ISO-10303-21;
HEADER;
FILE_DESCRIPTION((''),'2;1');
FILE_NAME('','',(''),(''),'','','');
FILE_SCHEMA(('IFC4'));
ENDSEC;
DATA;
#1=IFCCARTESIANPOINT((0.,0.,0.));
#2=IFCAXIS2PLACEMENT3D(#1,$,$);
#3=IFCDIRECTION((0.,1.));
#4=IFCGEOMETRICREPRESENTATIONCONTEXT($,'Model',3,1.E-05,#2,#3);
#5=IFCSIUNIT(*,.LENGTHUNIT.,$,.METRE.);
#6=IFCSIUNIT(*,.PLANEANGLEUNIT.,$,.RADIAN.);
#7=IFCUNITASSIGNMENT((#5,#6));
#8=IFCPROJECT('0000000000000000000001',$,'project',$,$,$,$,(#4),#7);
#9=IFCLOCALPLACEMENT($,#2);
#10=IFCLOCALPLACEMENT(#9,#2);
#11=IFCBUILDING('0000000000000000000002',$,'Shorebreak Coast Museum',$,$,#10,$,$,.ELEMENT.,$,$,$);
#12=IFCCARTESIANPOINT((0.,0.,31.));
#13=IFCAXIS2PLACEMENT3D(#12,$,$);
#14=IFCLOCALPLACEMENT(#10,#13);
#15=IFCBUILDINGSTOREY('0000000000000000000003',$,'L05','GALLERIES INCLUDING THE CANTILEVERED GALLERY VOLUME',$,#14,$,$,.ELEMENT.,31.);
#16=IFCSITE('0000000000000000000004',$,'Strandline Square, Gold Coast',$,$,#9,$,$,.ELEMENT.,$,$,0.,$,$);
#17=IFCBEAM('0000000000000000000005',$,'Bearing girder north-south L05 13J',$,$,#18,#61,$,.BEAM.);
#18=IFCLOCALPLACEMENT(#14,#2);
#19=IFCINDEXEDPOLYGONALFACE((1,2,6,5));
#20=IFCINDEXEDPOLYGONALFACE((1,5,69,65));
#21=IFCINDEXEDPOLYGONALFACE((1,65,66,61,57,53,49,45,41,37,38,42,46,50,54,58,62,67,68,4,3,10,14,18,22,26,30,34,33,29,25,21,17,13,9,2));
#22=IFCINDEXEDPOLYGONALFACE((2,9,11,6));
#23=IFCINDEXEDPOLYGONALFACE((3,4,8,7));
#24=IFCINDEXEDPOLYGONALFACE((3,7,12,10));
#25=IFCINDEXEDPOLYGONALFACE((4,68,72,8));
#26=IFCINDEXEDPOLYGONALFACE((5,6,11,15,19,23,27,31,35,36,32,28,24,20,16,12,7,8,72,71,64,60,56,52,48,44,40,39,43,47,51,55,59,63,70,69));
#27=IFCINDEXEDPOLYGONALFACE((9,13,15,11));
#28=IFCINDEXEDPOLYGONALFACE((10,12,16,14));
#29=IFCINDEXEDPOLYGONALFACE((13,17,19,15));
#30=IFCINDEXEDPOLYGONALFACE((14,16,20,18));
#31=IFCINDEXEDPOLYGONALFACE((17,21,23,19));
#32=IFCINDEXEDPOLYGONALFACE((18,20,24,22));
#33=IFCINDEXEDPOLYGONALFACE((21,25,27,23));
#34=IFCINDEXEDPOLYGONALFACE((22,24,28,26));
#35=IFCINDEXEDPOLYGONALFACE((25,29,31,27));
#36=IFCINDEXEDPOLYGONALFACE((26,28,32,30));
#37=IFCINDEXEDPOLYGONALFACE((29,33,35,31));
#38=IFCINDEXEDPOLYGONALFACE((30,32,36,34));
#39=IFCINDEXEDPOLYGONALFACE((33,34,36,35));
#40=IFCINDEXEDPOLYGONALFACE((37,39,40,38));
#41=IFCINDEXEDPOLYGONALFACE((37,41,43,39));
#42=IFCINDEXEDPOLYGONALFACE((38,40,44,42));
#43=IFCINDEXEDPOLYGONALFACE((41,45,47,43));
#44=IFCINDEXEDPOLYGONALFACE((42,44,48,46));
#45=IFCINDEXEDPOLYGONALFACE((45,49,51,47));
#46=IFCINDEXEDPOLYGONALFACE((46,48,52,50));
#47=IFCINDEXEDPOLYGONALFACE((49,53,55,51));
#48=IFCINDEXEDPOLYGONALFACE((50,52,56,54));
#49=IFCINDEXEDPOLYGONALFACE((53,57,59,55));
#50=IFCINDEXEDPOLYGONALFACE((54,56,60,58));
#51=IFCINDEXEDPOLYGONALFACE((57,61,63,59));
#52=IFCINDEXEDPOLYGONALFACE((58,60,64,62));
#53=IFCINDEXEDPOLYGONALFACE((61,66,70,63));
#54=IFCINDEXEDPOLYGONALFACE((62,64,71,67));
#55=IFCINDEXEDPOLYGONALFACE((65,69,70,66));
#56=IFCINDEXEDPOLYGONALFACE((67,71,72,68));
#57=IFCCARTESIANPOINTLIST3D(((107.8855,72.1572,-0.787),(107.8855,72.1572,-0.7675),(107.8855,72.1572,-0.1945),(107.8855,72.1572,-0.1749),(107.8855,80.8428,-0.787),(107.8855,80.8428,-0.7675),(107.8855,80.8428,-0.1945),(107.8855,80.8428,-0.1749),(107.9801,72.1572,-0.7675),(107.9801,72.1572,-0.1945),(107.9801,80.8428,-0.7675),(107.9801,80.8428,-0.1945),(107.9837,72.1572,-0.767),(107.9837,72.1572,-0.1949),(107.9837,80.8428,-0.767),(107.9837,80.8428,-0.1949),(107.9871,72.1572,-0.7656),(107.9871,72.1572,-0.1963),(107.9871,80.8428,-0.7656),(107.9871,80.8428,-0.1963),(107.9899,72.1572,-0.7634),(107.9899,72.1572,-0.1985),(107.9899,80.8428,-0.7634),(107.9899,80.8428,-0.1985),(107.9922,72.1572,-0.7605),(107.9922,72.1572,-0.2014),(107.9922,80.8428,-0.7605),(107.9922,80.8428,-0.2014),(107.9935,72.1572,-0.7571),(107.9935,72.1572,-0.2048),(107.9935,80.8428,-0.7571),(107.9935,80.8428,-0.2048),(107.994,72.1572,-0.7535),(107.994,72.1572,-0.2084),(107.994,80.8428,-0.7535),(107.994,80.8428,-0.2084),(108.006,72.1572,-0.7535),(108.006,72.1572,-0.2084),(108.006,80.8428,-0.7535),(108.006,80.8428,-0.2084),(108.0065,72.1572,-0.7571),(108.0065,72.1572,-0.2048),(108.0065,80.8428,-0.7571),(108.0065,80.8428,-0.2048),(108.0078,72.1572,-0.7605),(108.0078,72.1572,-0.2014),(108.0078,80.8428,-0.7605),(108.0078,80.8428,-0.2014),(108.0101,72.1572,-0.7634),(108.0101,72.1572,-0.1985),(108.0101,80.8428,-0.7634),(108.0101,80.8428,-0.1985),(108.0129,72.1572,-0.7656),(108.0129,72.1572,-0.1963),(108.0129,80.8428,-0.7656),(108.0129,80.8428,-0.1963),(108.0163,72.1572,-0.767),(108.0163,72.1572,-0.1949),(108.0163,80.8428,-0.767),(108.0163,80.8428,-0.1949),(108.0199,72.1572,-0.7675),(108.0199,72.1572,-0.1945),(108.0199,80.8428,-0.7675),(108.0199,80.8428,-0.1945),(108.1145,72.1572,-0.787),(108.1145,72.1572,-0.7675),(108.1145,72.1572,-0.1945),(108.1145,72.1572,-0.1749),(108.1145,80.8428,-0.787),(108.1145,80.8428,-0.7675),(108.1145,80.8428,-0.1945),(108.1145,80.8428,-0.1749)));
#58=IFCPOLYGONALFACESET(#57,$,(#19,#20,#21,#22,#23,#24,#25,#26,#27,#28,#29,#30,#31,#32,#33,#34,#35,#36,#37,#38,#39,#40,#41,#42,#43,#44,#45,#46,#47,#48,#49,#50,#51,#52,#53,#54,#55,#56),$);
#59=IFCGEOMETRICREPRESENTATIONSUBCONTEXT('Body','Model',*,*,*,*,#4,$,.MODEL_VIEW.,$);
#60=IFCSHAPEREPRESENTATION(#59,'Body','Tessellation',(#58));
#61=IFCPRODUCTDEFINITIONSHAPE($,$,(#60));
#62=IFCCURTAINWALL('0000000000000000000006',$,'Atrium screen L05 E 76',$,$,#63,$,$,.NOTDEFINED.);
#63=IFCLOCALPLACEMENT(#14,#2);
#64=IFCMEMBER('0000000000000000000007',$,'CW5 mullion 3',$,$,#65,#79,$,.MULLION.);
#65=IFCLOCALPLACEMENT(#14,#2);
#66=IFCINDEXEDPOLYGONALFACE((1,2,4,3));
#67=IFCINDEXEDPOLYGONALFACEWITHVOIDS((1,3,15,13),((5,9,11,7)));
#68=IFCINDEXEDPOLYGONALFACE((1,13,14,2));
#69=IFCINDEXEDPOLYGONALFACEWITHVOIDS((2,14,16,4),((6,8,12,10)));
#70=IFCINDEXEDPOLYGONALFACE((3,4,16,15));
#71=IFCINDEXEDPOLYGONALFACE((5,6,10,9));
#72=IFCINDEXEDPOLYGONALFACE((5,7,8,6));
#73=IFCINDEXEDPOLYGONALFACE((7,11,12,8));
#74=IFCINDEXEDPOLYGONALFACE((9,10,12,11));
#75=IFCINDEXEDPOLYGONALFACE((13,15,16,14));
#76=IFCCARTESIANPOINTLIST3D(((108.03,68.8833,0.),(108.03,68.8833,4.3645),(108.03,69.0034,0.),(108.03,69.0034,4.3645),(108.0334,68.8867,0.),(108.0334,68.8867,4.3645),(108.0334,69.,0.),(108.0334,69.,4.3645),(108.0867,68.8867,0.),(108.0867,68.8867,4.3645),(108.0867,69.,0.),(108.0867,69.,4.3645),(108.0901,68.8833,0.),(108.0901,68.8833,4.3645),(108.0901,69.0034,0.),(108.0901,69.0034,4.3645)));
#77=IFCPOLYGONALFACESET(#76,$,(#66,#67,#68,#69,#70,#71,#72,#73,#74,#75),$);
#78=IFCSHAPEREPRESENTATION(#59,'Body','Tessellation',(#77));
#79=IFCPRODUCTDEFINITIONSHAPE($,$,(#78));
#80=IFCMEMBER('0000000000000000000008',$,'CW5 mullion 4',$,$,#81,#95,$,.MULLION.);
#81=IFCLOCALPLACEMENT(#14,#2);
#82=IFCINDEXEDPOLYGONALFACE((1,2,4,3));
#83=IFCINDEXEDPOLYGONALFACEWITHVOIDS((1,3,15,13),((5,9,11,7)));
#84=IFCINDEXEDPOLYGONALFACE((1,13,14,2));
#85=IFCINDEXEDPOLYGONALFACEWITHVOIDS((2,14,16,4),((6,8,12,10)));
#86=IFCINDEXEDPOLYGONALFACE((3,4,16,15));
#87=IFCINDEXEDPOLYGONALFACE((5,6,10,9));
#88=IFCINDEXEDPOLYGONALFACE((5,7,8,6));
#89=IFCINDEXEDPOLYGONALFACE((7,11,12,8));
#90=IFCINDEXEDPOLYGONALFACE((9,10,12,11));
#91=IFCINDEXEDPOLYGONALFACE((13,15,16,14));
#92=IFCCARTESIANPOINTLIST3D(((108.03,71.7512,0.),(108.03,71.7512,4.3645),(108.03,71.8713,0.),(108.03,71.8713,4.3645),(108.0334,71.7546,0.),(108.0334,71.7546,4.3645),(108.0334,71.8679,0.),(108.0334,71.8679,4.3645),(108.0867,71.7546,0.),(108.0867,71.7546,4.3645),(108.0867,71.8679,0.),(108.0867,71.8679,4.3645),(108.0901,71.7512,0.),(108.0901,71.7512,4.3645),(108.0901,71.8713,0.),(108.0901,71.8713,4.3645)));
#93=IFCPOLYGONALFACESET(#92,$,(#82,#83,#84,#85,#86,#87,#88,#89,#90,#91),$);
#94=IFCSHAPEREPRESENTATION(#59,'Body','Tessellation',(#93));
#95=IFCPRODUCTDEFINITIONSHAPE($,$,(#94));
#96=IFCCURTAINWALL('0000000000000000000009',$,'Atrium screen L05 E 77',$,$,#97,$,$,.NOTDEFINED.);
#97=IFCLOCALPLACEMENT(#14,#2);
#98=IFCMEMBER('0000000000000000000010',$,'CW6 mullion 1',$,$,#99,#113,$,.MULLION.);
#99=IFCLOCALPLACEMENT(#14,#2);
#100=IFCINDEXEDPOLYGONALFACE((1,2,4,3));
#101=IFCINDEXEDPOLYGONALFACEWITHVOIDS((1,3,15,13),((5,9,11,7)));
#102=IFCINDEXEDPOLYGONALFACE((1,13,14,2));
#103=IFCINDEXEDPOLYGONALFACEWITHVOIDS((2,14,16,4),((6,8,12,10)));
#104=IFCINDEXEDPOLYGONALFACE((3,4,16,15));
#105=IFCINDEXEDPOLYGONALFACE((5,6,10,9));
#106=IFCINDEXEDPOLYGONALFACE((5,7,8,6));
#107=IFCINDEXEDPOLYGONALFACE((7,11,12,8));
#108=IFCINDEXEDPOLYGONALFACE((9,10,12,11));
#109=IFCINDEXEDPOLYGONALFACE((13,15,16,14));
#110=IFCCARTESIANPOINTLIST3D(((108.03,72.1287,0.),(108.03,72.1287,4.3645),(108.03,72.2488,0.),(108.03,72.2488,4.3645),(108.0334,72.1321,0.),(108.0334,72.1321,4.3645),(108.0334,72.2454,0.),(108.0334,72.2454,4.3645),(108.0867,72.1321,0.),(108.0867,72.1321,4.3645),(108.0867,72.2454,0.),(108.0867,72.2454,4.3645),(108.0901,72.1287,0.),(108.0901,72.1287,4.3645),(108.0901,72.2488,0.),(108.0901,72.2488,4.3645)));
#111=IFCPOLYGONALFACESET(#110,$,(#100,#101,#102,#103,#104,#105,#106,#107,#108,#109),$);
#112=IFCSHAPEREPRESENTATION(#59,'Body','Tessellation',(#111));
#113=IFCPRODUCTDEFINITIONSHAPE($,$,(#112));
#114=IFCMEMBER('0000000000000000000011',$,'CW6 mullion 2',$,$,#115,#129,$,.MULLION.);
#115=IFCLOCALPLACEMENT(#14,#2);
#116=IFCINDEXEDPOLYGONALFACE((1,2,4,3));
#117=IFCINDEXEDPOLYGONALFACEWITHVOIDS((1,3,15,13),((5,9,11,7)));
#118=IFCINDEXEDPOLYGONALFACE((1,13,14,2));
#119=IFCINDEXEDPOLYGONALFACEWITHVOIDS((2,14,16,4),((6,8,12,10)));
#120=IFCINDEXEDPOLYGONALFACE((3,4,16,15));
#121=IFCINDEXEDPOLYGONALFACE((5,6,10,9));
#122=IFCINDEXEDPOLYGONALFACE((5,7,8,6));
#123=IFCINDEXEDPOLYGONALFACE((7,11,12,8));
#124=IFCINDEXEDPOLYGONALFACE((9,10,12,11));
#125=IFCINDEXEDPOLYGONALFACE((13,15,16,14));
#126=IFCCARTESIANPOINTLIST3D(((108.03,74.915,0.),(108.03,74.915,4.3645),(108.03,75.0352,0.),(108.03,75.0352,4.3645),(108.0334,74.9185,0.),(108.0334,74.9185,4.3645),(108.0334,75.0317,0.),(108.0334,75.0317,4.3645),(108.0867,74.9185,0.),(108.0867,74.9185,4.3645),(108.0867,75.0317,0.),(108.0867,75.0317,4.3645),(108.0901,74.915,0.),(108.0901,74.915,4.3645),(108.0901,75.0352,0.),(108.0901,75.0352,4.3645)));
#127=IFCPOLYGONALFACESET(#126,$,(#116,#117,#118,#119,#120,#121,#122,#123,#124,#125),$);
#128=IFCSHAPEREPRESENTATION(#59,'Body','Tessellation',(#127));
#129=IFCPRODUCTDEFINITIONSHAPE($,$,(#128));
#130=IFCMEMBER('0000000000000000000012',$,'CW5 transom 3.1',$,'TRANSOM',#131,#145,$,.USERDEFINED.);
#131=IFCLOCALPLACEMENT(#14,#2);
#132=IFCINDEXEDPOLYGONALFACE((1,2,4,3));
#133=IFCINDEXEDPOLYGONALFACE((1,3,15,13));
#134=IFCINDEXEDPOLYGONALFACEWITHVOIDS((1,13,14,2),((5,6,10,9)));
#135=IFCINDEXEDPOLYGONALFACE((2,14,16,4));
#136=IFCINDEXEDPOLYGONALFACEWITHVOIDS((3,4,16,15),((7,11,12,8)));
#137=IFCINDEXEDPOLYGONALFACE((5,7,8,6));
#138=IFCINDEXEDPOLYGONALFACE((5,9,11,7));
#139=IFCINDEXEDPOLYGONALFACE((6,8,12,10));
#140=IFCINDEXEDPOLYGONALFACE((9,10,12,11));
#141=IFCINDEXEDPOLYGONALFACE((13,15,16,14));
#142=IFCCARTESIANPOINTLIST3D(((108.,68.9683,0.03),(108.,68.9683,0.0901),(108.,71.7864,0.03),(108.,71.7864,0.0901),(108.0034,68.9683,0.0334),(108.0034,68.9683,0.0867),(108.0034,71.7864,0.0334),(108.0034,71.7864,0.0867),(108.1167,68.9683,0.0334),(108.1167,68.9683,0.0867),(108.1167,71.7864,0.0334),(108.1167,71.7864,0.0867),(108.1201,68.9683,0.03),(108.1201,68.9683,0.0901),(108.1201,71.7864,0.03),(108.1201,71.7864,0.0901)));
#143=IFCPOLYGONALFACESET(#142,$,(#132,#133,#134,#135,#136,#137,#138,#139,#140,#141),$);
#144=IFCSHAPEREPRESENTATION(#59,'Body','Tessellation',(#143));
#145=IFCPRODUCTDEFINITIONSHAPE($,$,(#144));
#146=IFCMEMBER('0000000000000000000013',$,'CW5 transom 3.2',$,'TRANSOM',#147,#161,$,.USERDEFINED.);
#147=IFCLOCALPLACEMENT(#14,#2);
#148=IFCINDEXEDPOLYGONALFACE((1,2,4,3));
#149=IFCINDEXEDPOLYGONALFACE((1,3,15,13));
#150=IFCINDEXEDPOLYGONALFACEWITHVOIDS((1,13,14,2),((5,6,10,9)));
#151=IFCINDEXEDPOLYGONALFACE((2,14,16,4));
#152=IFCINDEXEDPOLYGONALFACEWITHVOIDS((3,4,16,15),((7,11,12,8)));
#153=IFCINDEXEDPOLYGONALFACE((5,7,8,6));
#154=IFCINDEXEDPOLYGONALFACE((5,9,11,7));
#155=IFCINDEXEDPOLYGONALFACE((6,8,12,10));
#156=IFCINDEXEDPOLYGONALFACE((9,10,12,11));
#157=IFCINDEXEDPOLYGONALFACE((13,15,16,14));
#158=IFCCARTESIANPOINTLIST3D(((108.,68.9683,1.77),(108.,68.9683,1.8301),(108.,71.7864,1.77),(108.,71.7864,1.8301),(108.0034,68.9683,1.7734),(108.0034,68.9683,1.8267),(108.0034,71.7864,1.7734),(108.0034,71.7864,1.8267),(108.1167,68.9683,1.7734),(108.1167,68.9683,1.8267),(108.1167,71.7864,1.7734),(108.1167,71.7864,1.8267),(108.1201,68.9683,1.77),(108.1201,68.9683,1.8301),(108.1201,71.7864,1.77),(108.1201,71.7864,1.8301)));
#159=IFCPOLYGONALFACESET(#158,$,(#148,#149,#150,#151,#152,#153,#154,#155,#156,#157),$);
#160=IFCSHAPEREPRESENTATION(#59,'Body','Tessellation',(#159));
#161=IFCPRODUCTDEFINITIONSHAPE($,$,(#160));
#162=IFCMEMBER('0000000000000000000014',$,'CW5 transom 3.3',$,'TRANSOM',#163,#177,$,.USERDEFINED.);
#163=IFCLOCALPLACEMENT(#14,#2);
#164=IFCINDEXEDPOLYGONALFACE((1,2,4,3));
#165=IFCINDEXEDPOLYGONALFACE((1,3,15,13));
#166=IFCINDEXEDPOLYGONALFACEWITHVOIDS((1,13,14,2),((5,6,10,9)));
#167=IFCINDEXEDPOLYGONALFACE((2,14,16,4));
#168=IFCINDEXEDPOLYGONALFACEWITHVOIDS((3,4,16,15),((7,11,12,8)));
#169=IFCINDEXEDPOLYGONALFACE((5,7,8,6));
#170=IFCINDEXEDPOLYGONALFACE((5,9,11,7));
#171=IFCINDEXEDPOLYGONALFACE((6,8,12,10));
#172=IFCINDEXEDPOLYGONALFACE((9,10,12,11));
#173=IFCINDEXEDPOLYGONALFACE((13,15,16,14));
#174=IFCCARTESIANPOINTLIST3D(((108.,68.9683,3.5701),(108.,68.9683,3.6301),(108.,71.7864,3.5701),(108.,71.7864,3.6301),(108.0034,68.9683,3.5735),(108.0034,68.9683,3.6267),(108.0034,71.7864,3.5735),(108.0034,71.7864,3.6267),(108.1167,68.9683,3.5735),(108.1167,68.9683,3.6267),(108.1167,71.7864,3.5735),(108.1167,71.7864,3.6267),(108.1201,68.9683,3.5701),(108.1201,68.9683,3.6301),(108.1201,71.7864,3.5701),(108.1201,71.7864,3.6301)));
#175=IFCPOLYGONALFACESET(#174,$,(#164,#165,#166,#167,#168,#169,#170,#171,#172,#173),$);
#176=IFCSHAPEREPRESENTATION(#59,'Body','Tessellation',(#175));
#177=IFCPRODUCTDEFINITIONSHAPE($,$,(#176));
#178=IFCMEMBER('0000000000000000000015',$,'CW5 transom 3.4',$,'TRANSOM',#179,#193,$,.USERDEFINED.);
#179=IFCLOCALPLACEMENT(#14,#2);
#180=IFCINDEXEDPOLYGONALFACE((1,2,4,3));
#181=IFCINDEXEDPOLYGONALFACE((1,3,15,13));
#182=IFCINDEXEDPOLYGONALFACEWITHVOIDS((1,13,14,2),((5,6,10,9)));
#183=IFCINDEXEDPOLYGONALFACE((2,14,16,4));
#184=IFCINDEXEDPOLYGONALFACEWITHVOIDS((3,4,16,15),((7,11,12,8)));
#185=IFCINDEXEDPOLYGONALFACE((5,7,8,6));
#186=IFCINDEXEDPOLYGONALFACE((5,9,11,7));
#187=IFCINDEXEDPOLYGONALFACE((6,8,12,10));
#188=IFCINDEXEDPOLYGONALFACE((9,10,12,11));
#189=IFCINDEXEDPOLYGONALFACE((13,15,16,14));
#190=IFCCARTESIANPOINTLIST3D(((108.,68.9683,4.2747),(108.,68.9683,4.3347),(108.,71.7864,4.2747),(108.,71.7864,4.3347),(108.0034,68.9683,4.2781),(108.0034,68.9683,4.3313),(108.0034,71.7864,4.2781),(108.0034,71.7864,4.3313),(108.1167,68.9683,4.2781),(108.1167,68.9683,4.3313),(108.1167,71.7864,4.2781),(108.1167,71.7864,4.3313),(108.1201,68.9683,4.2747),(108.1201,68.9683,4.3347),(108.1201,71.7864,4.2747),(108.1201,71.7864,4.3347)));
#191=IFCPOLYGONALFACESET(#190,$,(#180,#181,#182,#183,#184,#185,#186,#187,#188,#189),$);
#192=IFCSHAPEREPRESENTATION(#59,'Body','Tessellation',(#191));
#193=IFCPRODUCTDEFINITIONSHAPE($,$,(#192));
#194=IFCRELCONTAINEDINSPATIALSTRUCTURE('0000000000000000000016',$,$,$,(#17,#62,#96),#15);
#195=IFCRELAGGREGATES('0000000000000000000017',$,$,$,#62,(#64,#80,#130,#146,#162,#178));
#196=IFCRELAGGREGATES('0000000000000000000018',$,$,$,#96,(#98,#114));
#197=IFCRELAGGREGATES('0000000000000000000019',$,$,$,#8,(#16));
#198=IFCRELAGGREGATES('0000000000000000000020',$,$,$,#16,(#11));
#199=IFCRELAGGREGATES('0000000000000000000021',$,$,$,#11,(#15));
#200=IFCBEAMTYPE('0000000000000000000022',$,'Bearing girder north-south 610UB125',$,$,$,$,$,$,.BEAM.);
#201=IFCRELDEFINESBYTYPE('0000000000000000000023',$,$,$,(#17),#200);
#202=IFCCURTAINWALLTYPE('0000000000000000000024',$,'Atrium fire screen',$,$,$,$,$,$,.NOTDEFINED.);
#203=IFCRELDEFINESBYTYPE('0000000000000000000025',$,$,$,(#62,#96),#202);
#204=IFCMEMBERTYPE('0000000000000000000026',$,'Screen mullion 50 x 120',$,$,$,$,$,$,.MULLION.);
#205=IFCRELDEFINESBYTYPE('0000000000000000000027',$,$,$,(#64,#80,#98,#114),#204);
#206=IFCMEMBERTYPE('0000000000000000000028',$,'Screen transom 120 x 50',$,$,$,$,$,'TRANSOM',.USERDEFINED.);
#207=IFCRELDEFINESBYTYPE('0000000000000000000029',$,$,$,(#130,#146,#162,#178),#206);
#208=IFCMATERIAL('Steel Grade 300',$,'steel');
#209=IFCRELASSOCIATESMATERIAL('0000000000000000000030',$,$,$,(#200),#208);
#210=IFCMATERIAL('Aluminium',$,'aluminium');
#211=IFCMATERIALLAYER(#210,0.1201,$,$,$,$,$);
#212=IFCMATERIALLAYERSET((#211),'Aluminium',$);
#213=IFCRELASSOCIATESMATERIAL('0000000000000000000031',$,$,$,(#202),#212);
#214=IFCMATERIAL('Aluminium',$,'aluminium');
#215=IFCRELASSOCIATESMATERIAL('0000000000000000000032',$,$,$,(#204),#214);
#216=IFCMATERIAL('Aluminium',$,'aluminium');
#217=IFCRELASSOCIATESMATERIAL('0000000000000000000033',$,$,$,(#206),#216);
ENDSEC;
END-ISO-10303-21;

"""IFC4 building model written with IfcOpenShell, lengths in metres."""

from ifc_helpers import new_model, si_unit, direction, frame, origin, origin_2d, place, context, subcontext, project, spatial, hollow_rectangle, i_section, extrude, material, layer, layer_set, material_profile, profile_set, type_object, element, aggregate, save


model = new_model("IFC4")

# Units and contexts
model_context = context("Model", 3, precision=1e-05, world=origin(), true_north=direction((0.0, 1.0)))
body_context = subcontext(model_context, "Body", "Model", "MODEL_VIEW")
ifc_project = project(units=[si_unit("LENGTHUNIT", "METRE"), si_unit("PLANEANGLEUNIT", "RADIAN")], contexts=[model_context])

# Site, building, storey
site_placement = place(None, origin())
site = spatial("IfcSite", under=ifc_project, at=site_placement, Name="Strandline Square, Gold Coast", CompositionType="ELEMENT", RefElevation=0.0)
building_placement = place(site_placement, origin())
building = spatial("IfcBuilding", under=site, at=building_placement, Name="Shorebreak Coast Museum", CompositionType="ELEMENT")
storey_placement = place(building_placement, frame((0.0, 0.0, 31.0)))
storey = spatial("IfcBuildingStorey", under=building, at=storey_placement, Name="L05", Description="GALLERIES INCLUDING THE CANTILEVERED GALLERY VOLUME", CompositionType="ELEMENT", Elevation=31.0)

# Beam
ifc_material_1 = material(Name="Steel Grade 300", Category="steel")
ifc_material_profile_1 = material_profile(ifc_material_1, i_section(OverallWidth=0.229, OverallDepth=0.6121, WebThickness=0.012, FlangeThickness=0.0195, FilletRadius=0.0139, at=origin_2d()), Name="610UB125")
ifc_profile_set_1 = profile_set([ifc_material_profile_1], Name="Steel Grade 300")
beam_type_1 = type_object("IfcBeamType", Name="Bearing girder north-south 610UB125", PredefinedType="BEAM", material=ifc_profile_set_1)
beam_placement = place(storey_placement, frame((108.0, 72.1572, -0.481), z_axis=(0.0, 1.0, 0.0), x_axis=(-1.0, 0.0, 0.0)))
element("IfcBeam", 1, at=beam_placement, inside=storey, type_object=beam_type_1, Name="Bearing girder north-south L05 13J", PredefinedType="BEAM", context=body_context, shape_type="SweptSolid", body=[
    extrude(i_section(OverallWidth=0.229, OverallDepth=0.6121, WebThickness=0.012, FlangeThickness=0.0195, FilletRadius=0.0139, at=origin_2d()), origin(), (0.0, 0.0, 1.0), 8.6855),
])

# Curtain walls, members
ifc_material_2 = material(Name="Aluminium", Category="aluminium")
ifc_layer_1 = layer(ifc_material_2, 0.1201)
ifc_layer_set_1 = layer_set([ifc_layer_1], Name="Aluminium")
curtain_wall_type = type_object("IfcCurtainWallType", Name="Atrium fire screen", PredefinedType="NOTDEFINED", material=ifc_layer_set_1)
curtain_wall_1_placement = place(storey_placement, origin())
curtain_wall_1 = element("IfcCurtainWall", 2, at=curtain_wall_1_placement, inside=storey, type_object=curtain_wall_type, Name="Atrium screen L05 E 76", PredefinedType="NOTDEFINED")
ifc_material_3 = material(Name="Aluminium", Category="aluminium")
ifc_material_profile_2 = material_profile(ifc_material_3, hollow_rectangle(XDim=0.0601, YDim=0.1201, WallThickness=0.0034, at=origin_2d()), Name="AL 120x60 RHS")
ifc_profile_set_2 = profile_set([ifc_material_profile_2], Name="Aluminium")
member_type_1 = type_object("IfcMemberType", Name="Screen mullion 50 x 120", PredefinedType="MULLION", material=ifc_profile_set_2)
member_1_placement = place(storey_placement, frame((108.0601, 68.9434, 0.0), z_axis=(0.0, 0.0, 1.0), x_axis=(-1.0, 0.0, 0.0)))
member_1 = element("IfcMember", 3, at=member_1_placement, type_object=member_type_1, Name="CW5 mullion 3", PredefinedType="MULLION", context=body_context, shape_type="SweptSolid", body=[
    extrude(hollow_rectangle(XDim=0.0601, YDim=0.1201, WallThickness=0.0034, at=origin_2d()), origin(), (0.0, 0.0, 1.0), 4.3645),
])
member_2_placement = place(storey_placement, frame((108.0601, 71.8113, 0.0), z_axis=(0.0, 0.0, 1.0), x_axis=(-1.0, 0.0, 0.0)))
member_2 = element("IfcMember", 4, at=member_2_placement, type_object=member_type_1, Name="CW5 mullion 4", PredefinedType="MULLION", context=body_context, shape_type="SweptSolid", body=[
    extrude(hollow_rectangle(XDim=0.0601, YDim=0.1201, WallThickness=0.0034, at=origin_2d()), origin(), (0.0, 0.0, 1.0), 4.3645),
])
curtain_wall_2_placement = place(storey_placement, origin())
curtain_wall_2 = element("IfcCurtainWall", 5, at=curtain_wall_2_placement, inside=storey, type_object=curtain_wall_type, Name="Atrium screen L05 E 77", PredefinedType="NOTDEFINED")
member_3_placement = place(storey_placement, frame((108.0601, 72.1887, 0.0), z_axis=(0.0, 0.0, 1.0), x_axis=(-1.0, 0.0, 0.0)))
member_3 = element("IfcMember", 6, at=member_3_placement, type_object=member_type_1, Name="CW6 mullion 1", PredefinedType="MULLION", context=body_context, shape_type="SweptSolid", body=[
    extrude(hollow_rectangle(XDim=0.0601, YDim=0.1201, WallThickness=0.0034, at=origin_2d()), origin(), (0.0, 0.0, 1.0), 4.3645),
])
member_4_placement = place(storey_placement, frame((108.0601, 74.9751, 0.0), z_axis=(0.0, 0.0, 1.0), x_axis=(-1.0, 0.0, 0.0)))
member_4 = element("IfcMember", 7, at=member_4_placement, type_object=member_type_1, Name="CW6 mullion 2", PredefinedType="MULLION", context=body_context, shape_type="SweptSolid", body=[
    extrude(hollow_rectangle(XDim=0.0601, YDim=0.1201, WallThickness=0.0034, at=origin_2d()), origin(), (0.0, 0.0, 1.0), 4.3645),
])

# Members
ifc_material_4 = material(Name="Aluminium", Category="aluminium")
ifc_material_profile_3 = material_profile(ifc_material_4, hollow_rectangle(XDim=0.1201, YDim=0.0601, WallThickness=0.0034, at=origin_2d()), Name="AL 60x120 RHS")
ifc_profile_set_3 = profile_set([ifc_material_profile_3], Name="Aluminium")
member_type_2 = type_object("IfcMemberType", Name="Screen transom 120 x 50", ElementType="TRANSOM", PredefinedType="USERDEFINED", material=ifc_profile_set_3)
member_5_placement = place(storey_placement, frame((108.0601, 68.9683, 0.0601), z_axis=(0.0, 1.0, 0.0), x_axis=(-1.0, 0.0, 0.0)))
member_5 = element("IfcMember", 8, at=member_5_placement, type_object=member_type_2, Name="CW5 transom 3.1", ObjectType="TRANSOM", PredefinedType="USERDEFINED", context=body_context, shape_type="SweptSolid", body=[
    extrude(hollow_rectangle(XDim=0.1201, YDim=0.0601, WallThickness=0.0034, at=origin_2d()), origin(), (0.0, 0.0, 1.0), 2.8181),
])
member_6_placement = place(storey_placement, frame((108.0601, 68.9683, 1.8), z_axis=(0.0, 1.0, 0.0), x_axis=(-1.0, 0.0, 0.0)))
member_6 = element("IfcMember", 9, at=member_6_placement, type_object=member_type_2, Name="CW5 transom 3.2", ObjectType="TRANSOM", PredefinedType="USERDEFINED", context=body_context, shape_type="SweptSolid", body=[
    extrude(hollow_rectangle(XDim=0.1201, YDim=0.0601, WallThickness=0.0034, at=origin_2d()), origin(), (0.0, 0.0, 1.0), 2.8181),
])
member_7_placement = place(storey_placement, frame((108.0601, 68.9683, 3.6001), z_axis=(0.0, 1.0, 0.0), x_axis=(-1.0, 0.0, 0.0)))
member_7 = element("IfcMember", 10, at=member_7_placement, type_object=member_type_2, Name="CW5 transom 3.3", ObjectType="TRANSOM", PredefinedType="USERDEFINED", context=body_context, shape_type="SweptSolid", body=[
    extrude(hollow_rectangle(XDim=0.1201, YDim=0.0601, WallThickness=0.0034, at=origin_2d()), origin(), (0.0, 0.0, 1.0), 2.8181),
])
member_8_placement = place(storey_placement, frame((108.0601, 68.9683, 4.3047), z_axis=(0.0, 1.0, 0.0), x_axis=(-1.0, 0.0, 0.0)))
member_8 = element("IfcMember", 11, at=member_8_placement, type_object=member_type_2, Name="CW5 transom 3.4", ObjectType="TRANSOM", PredefinedType="USERDEFINED", context=body_context, shape_type="SweptSolid", body=[
    extrude(hollow_rectangle(XDim=0.1201, YDim=0.0601, WallThickness=0.0034, at=origin_2d()), origin(), (0.0, 0.0, 1.0), 2.8181),
])

aggregate(curtain_wall_1, [member_1, member_2, member_5, member_6, member_7, member_8])
aggregate(curtain_wall_2, [member_3, member_4])

save(model, "model.ifc")
